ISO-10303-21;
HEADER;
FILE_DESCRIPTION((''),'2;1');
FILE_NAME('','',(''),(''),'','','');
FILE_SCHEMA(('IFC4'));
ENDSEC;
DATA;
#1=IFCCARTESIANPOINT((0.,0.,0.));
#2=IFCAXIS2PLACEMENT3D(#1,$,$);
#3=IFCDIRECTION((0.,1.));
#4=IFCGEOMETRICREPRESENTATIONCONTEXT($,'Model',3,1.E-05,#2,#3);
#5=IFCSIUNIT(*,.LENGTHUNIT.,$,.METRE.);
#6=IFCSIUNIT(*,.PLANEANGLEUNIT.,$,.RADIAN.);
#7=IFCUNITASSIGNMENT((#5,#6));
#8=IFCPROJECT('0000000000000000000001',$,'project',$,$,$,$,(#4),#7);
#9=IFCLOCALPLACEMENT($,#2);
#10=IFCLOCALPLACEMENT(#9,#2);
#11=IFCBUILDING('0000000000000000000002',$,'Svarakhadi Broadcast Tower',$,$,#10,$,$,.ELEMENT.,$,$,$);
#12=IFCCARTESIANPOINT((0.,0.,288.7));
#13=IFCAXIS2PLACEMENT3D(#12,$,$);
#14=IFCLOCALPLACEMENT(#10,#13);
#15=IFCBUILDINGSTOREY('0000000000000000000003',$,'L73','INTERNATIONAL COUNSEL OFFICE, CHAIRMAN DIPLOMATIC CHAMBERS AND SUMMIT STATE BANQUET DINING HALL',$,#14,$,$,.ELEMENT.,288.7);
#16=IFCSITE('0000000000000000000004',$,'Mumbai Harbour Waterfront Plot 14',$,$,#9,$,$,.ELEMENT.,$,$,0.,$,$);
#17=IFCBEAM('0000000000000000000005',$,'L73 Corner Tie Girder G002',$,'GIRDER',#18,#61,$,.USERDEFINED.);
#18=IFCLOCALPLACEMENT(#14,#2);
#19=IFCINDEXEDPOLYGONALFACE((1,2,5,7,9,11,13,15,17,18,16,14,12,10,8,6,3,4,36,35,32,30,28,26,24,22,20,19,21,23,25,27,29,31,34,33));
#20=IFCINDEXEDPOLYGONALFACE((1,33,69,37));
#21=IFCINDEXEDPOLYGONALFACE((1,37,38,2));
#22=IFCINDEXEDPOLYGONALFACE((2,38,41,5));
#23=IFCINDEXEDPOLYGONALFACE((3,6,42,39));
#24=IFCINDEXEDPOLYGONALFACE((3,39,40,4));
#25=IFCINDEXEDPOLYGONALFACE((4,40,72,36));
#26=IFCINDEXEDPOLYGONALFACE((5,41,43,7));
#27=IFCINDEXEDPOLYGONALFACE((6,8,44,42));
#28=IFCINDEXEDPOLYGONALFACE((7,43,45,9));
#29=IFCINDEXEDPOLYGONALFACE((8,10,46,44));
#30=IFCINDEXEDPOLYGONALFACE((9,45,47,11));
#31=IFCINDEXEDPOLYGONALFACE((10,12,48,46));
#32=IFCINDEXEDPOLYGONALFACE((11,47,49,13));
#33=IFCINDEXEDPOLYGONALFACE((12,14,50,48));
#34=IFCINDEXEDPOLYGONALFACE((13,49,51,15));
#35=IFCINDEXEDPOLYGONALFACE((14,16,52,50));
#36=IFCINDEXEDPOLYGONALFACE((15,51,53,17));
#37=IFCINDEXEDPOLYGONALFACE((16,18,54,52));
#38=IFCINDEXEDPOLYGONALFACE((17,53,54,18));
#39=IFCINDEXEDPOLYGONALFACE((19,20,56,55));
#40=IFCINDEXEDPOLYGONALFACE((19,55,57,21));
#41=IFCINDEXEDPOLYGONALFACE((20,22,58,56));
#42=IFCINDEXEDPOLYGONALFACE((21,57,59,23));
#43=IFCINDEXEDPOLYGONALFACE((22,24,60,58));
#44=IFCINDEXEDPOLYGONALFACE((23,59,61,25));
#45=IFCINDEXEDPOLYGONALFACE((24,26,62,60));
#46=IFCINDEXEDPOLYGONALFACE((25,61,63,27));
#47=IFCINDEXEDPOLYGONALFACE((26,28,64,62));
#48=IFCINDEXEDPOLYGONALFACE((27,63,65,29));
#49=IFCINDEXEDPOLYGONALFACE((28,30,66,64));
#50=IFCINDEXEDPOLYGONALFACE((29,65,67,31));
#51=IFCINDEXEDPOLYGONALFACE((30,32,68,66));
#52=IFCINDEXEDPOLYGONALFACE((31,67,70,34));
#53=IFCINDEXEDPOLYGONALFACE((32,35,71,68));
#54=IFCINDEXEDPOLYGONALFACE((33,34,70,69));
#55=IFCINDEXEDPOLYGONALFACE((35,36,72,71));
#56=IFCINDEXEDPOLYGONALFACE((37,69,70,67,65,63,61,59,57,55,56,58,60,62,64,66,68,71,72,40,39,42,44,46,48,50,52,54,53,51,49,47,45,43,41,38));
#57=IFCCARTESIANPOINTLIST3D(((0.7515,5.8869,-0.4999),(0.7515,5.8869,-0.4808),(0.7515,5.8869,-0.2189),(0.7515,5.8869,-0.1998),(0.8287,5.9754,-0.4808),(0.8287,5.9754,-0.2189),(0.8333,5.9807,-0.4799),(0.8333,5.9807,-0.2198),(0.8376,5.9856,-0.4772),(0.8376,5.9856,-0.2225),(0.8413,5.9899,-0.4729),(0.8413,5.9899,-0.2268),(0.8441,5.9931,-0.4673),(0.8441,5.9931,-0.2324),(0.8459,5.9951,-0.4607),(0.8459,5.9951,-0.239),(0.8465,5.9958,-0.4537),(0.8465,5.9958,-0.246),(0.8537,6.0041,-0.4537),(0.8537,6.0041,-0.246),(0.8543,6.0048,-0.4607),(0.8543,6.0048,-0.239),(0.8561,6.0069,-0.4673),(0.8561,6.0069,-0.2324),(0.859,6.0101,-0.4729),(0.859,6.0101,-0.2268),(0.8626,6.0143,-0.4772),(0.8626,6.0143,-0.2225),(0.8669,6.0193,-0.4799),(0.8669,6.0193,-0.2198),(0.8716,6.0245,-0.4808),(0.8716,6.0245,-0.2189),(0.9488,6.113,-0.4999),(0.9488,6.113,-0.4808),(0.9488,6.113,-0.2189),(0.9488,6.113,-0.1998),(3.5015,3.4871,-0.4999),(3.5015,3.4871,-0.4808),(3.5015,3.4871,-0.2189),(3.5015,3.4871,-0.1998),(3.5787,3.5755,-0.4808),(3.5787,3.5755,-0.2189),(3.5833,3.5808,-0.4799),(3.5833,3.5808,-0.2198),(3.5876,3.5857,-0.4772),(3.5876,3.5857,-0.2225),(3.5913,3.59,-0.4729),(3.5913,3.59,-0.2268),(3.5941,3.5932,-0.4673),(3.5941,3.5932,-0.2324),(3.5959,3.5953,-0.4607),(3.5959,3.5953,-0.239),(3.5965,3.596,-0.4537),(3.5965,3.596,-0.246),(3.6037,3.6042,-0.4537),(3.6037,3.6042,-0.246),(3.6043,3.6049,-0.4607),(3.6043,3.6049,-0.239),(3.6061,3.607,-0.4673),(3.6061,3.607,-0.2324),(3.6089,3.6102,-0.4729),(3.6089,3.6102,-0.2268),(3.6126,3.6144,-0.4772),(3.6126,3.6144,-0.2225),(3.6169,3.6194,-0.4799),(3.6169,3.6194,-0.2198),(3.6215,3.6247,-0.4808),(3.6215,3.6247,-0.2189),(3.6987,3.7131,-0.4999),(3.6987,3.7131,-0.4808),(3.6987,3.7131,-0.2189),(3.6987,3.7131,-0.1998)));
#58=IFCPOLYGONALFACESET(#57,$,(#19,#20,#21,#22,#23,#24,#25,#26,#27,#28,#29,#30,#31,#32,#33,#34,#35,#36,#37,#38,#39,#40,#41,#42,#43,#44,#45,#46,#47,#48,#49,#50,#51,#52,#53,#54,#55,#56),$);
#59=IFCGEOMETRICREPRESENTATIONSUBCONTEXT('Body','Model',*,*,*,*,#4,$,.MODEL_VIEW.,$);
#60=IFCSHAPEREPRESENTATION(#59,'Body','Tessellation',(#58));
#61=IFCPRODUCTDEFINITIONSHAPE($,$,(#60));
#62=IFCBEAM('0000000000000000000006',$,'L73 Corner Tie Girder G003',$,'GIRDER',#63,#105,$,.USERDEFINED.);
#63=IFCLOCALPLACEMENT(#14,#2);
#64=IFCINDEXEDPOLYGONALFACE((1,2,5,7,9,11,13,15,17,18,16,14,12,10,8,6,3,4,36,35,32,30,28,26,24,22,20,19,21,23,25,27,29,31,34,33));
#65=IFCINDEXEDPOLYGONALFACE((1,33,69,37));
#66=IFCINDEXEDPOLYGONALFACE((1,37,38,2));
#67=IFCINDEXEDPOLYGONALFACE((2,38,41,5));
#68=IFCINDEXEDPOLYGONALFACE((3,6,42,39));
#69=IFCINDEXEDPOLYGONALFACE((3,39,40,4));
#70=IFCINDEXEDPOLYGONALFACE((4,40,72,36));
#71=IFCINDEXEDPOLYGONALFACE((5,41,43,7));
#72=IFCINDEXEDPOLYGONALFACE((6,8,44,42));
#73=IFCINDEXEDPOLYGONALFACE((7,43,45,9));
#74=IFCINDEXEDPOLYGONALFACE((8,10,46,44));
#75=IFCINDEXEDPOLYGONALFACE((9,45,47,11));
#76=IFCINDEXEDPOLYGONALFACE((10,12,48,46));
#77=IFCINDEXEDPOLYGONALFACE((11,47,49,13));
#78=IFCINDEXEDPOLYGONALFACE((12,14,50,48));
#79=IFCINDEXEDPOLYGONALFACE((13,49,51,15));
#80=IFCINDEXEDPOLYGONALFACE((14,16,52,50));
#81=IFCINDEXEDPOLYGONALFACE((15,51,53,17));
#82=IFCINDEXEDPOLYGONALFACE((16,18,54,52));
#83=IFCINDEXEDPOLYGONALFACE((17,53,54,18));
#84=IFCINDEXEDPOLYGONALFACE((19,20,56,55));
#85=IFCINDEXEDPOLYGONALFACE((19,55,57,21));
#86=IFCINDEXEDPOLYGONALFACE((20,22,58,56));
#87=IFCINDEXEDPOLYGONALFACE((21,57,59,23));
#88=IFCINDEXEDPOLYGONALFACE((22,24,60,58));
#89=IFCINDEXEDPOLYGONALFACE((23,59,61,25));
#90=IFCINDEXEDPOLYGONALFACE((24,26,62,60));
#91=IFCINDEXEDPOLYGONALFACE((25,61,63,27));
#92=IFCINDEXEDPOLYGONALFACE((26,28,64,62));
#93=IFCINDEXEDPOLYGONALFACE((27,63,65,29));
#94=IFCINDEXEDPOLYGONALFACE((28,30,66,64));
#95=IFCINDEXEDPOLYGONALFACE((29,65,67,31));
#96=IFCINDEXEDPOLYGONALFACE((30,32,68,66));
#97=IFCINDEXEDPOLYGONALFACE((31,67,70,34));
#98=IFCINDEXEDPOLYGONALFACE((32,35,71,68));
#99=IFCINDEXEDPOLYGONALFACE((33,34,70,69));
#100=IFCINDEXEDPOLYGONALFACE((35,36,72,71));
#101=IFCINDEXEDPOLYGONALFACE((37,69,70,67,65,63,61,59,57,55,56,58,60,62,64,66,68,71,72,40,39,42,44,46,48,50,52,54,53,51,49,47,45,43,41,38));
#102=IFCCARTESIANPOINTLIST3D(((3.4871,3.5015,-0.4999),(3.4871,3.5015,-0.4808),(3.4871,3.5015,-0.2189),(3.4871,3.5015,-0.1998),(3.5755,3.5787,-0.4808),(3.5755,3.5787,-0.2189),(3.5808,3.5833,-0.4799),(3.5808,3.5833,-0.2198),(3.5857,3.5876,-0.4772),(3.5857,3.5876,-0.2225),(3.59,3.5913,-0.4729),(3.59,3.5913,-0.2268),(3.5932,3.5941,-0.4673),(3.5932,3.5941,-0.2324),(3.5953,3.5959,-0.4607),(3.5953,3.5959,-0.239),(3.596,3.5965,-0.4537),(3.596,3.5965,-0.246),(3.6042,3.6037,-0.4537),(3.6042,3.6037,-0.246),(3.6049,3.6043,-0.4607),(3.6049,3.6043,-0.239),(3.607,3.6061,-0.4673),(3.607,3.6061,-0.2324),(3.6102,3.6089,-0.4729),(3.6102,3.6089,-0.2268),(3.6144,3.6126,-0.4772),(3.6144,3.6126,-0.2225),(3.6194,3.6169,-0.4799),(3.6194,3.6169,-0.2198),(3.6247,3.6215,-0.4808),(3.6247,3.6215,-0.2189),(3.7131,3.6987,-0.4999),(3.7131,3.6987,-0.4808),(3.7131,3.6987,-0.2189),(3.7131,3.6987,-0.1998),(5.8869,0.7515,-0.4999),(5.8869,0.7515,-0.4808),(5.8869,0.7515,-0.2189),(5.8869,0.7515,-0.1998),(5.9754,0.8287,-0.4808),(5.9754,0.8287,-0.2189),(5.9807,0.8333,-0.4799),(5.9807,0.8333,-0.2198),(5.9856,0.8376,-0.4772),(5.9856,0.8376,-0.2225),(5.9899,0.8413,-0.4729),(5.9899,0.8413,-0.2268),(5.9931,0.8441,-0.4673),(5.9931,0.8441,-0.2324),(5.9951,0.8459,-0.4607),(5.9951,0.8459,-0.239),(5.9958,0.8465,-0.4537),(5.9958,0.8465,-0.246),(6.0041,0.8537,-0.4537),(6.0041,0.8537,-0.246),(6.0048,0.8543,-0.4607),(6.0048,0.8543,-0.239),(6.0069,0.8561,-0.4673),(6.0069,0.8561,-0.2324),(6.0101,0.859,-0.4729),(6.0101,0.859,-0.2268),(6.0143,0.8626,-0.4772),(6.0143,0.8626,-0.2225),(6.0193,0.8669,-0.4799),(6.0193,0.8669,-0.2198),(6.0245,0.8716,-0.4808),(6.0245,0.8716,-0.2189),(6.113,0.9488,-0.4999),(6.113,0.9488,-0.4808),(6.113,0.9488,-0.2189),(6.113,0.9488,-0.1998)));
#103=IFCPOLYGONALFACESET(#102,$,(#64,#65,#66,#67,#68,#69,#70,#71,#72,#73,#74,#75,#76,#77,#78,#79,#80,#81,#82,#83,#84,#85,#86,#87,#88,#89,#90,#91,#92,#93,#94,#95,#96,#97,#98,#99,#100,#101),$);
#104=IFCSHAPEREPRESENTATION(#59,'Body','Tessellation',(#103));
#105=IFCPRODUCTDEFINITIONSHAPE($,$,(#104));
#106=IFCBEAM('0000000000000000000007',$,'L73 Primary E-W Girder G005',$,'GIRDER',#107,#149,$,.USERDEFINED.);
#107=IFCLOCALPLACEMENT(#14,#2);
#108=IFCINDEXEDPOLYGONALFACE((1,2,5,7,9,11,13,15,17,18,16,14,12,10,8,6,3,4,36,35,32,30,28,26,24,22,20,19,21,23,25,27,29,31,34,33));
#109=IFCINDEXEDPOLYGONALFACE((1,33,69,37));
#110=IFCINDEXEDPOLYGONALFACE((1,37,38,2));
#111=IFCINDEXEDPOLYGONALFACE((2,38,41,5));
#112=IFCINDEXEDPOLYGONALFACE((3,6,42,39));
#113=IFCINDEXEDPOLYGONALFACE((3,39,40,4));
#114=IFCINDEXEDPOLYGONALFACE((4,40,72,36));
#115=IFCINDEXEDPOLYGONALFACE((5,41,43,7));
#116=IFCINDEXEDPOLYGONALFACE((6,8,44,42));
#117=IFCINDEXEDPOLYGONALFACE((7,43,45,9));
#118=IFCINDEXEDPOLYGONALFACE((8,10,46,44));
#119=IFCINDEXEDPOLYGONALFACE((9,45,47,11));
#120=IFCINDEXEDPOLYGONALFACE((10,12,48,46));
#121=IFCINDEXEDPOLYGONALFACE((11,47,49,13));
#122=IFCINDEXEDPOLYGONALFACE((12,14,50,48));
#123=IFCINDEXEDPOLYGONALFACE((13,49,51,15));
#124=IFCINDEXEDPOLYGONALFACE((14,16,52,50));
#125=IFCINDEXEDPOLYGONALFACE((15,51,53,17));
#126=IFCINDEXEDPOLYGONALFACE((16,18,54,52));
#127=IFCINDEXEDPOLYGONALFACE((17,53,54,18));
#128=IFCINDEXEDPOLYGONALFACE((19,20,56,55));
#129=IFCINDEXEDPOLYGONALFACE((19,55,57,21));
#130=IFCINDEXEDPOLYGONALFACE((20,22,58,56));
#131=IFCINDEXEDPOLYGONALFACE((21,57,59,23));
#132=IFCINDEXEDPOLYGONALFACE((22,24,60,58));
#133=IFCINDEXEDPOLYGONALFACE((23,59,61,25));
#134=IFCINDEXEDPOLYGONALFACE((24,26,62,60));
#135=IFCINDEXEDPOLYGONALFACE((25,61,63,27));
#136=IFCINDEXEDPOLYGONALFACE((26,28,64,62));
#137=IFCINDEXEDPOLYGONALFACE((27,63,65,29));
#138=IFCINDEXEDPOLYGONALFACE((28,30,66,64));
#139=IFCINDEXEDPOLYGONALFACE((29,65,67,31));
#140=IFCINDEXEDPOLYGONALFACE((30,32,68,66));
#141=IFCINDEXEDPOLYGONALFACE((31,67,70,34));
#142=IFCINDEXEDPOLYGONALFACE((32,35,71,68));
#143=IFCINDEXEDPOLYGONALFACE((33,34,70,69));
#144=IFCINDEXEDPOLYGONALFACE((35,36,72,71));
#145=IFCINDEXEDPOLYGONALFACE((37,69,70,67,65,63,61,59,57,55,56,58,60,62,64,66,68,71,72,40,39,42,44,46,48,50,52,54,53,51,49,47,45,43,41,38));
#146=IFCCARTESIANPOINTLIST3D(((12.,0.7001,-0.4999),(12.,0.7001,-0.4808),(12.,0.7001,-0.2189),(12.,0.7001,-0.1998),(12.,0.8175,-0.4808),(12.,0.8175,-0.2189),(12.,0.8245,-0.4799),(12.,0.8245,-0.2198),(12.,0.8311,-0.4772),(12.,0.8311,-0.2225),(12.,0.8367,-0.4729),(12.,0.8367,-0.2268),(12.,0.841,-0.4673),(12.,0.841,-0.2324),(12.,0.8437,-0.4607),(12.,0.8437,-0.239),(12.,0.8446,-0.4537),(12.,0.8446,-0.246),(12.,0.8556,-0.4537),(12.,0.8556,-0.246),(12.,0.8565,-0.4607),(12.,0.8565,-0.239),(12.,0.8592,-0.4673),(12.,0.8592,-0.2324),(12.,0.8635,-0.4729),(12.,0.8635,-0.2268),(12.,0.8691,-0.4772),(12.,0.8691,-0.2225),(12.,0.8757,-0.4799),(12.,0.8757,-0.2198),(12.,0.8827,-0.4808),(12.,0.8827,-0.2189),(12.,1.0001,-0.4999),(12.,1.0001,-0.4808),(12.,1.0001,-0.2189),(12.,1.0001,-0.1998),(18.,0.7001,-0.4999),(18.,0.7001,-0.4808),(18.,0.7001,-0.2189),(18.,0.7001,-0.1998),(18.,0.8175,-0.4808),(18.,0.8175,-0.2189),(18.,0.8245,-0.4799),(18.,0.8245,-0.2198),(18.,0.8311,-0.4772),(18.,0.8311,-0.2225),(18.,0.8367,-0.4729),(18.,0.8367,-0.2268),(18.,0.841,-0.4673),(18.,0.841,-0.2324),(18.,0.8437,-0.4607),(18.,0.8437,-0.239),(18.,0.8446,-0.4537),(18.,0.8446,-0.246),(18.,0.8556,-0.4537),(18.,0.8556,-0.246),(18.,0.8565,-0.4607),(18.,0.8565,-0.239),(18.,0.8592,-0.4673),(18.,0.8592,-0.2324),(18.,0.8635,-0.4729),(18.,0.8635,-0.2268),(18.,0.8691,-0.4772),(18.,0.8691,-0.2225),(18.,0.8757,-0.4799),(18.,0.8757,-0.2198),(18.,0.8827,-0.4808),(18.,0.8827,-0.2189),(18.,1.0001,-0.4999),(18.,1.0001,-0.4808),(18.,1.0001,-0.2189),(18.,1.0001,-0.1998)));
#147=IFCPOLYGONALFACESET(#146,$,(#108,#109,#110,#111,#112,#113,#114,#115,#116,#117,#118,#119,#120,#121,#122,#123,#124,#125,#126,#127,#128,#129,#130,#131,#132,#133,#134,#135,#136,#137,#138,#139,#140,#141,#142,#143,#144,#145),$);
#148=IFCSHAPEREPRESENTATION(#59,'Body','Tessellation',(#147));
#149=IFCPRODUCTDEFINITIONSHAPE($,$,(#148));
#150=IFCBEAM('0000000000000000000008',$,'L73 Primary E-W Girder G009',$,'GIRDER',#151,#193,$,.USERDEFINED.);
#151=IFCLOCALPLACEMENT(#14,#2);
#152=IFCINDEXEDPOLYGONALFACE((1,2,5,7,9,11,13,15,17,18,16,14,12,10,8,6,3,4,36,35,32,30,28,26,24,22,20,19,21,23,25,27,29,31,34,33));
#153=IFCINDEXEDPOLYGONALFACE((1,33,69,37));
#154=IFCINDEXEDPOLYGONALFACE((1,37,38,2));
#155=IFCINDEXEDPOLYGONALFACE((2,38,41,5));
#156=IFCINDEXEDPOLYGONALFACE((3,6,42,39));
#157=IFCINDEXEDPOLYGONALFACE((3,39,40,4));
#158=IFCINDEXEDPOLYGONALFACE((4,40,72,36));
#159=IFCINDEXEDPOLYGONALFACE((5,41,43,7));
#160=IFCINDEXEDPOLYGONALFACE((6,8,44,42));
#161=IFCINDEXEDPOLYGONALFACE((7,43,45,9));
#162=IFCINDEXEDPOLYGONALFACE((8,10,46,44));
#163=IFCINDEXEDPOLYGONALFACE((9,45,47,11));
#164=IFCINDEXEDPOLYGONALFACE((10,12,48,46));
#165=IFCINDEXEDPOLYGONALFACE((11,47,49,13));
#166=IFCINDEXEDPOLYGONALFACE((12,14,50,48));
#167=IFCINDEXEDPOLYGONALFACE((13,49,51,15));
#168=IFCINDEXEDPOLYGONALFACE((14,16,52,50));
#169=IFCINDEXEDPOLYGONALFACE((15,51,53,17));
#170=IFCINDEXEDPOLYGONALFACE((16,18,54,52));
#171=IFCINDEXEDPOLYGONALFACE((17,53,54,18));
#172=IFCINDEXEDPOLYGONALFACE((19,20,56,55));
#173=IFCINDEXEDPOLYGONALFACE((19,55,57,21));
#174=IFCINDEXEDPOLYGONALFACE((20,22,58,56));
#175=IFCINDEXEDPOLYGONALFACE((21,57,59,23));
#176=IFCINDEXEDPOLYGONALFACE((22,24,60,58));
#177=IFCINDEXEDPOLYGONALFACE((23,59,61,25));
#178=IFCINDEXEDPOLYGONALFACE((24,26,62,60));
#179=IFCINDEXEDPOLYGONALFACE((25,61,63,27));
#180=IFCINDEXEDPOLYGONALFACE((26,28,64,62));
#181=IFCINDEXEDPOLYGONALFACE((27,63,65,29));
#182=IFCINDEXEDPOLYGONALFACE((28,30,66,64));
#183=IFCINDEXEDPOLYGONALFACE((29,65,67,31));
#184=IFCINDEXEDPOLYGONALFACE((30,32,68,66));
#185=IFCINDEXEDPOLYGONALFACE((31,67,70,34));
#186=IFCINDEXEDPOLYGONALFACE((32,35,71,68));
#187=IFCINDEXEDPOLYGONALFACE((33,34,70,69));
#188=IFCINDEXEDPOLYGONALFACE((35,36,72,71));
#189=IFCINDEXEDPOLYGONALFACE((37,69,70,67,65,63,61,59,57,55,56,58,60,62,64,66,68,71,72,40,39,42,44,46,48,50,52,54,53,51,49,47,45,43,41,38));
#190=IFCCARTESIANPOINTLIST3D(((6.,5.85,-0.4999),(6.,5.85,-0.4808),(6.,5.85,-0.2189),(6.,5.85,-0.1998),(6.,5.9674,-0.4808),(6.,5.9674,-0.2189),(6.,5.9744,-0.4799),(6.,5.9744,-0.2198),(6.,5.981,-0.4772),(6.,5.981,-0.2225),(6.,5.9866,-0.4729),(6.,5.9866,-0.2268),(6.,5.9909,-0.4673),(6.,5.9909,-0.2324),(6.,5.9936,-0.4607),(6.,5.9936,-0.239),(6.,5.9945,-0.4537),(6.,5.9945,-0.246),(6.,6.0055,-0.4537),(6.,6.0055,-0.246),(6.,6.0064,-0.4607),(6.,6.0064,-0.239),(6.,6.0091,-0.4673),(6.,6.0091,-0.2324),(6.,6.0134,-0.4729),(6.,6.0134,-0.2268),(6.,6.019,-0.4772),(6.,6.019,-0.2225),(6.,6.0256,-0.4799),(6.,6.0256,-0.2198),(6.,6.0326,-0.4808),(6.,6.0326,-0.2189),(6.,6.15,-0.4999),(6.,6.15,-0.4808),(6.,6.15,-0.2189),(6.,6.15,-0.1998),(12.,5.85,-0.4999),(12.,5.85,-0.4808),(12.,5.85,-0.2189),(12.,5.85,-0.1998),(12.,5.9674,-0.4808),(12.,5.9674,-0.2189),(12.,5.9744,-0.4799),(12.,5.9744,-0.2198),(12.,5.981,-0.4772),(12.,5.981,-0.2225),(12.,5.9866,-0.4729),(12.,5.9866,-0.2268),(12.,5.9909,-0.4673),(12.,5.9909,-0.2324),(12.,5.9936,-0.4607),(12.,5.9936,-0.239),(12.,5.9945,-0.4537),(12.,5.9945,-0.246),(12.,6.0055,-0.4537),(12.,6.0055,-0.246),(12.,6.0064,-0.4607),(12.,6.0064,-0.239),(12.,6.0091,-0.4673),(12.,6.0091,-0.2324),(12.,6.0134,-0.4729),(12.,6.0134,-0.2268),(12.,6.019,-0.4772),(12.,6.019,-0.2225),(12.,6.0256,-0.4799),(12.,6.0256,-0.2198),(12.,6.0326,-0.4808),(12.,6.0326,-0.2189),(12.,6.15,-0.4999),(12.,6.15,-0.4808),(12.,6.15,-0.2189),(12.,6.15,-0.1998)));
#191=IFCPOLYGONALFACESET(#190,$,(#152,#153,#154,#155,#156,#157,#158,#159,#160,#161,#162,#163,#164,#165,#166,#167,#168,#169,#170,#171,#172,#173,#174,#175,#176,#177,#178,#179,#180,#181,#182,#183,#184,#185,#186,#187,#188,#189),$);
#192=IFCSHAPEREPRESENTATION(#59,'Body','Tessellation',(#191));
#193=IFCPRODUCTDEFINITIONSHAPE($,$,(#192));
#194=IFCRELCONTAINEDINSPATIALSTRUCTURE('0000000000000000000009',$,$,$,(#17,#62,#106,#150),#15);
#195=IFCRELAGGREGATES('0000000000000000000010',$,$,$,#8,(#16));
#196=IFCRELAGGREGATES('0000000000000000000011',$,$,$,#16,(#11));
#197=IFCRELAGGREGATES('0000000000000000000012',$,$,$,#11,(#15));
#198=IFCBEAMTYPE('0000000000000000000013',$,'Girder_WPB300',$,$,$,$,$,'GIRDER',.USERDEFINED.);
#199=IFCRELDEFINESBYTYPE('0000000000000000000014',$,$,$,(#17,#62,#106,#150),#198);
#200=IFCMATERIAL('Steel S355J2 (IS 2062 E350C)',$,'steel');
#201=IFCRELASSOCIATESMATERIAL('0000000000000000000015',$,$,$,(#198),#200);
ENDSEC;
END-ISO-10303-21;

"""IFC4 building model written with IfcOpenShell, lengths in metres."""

from ifc_helpers import new_model, si_unit, direction, frame, origin, origin_2d, place, context, subcontext, project, spatial, i_section, extrude, material, material_profile, profile_set, type_object, element, save


model = new_model("IFC4")

# Units and contexts
model_context = context("Model", 3, precision=1e-05, world=origin(), true_north=direction((0.0, 1.0)))
body_context = subcontext(model_context, "Body", "Model", "MODEL_VIEW")
ifc_project = project(units=[si_unit("LENGTHUNIT", "METRE"), si_unit("PLANEANGLEUNIT", "RADIAN")], contexts=[model_context])

# Site, building, storey
site_placement = place(None, origin())
site = spatial("IfcSite", under=ifc_project, at=site_placement, Name="Mumbai Harbour Waterfront Plot 14", CompositionType="ELEMENT", RefElevation=0.0)
building_placement = place(site_placement, origin())
building = spatial("IfcBuilding", under=site, at=building_placement, Name="Svarakhadi Broadcast Tower", CompositionType="ELEMENT")
storey_placement = place(building_placement, frame((0.0, 0.0, 288.7)))
storey = spatial("IfcBuildingStorey", under=building, at=storey_placement, Name="L73", Description="INTERNATIONAL COUNSEL OFFICE, CHAIRMAN DIPLOMATIC CHAMBERS AND SUMMIT STATE BANQUET DINING HALL", CompositionType="ELEMENT", Elevation=288.7)

# Shared definitions
ifc_material_1 = material(Name="Steel S355J2 (IS 2062 E350C)", Category="steel")

# Beams
ifc_material_profile_1 = material_profile(ifc_material_1, i_section(OverallWidth=0.3, OverallDepth=0.3, WebThickness=0.011, FlangeThickness=0.019, FilletRadius=0.0271, at=origin_2d()), Name="WPB 300x300x117")
ifc_profile_set_1 = profile_set([ifc_material_profile_1], Name="Steel S355J2 (IS 2062 E350C)")
beam_type_1 = type_object("IfcBeamType", Name="Girder_WPB300", ElementType="GIRDER", PredefinedType="USERDEFINED", material=ifc_profile_set_1)
for number, where, z_axis, x_axis, name in (
    (1, (3.6001, 3.6001, -0.3499), (-0.753438, 0.657519, 0.0), (-0.657519, -0.753438, 0.0), "L73 Corner Tie Girder G002"),
    (2, (3.6001, 3.6001, -0.3499), (0.657519, -0.753438, 0.0), (0.753438, 0.657519, 0.0), "L73 Corner Tie Girder G003"),
):
    element("IfcBeam", number, at=place(storey_placement, frame(where, z_axis=z_axis, x_axis=x_axis)), inside=storey, type_object=beam_type_1, Name=name, ObjectType="GIRDER", PredefinedType="USERDEFINED", context=body_context, shape_type="SweptSolid", body=[
        extrude(i_section(OverallWidth=0.3, OverallDepth=0.3, WebThickness=0.011, FlangeThickness=0.019, FilletRadius=0.0271, at=origin_2d()), origin(), (0.0, 0.0, 1.0), 3.6499),
    ])
for number, where, z_axis, x_axis, name in (
    (3, (12.0, 0.8501, -0.3499), (1.0, 0.0, 0.0), (0.0, 1.0, 0.0), "L73 Primary E-W Girder G005"),
    (4, (6.0, 6.0, -0.3499), (1.0, 0.0, 0.0), (0.0, 1.0, 0.0), "L73 Primary E-W Girder G009"),
):
    element("IfcBeam", number, at=place(storey_placement, frame(where, z_axis=z_axis, x_axis=x_axis)), inside=storey, type_object=beam_type_1, Name=name, ObjectType="GIRDER", PredefinedType="USERDEFINED", context=body_context, shape_type="SweptSolid", body=[
        extrude(i_section(OverallWidth=0.3, OverallDepth=0.3, WebThickness=0.011, FlangeThickness=0.019, FilletRadius=0.0271, at=origin_2d()), origin(), (0.0, 0.0, 1.0), 6.0),
    ])

save(model, "model.ifc")
